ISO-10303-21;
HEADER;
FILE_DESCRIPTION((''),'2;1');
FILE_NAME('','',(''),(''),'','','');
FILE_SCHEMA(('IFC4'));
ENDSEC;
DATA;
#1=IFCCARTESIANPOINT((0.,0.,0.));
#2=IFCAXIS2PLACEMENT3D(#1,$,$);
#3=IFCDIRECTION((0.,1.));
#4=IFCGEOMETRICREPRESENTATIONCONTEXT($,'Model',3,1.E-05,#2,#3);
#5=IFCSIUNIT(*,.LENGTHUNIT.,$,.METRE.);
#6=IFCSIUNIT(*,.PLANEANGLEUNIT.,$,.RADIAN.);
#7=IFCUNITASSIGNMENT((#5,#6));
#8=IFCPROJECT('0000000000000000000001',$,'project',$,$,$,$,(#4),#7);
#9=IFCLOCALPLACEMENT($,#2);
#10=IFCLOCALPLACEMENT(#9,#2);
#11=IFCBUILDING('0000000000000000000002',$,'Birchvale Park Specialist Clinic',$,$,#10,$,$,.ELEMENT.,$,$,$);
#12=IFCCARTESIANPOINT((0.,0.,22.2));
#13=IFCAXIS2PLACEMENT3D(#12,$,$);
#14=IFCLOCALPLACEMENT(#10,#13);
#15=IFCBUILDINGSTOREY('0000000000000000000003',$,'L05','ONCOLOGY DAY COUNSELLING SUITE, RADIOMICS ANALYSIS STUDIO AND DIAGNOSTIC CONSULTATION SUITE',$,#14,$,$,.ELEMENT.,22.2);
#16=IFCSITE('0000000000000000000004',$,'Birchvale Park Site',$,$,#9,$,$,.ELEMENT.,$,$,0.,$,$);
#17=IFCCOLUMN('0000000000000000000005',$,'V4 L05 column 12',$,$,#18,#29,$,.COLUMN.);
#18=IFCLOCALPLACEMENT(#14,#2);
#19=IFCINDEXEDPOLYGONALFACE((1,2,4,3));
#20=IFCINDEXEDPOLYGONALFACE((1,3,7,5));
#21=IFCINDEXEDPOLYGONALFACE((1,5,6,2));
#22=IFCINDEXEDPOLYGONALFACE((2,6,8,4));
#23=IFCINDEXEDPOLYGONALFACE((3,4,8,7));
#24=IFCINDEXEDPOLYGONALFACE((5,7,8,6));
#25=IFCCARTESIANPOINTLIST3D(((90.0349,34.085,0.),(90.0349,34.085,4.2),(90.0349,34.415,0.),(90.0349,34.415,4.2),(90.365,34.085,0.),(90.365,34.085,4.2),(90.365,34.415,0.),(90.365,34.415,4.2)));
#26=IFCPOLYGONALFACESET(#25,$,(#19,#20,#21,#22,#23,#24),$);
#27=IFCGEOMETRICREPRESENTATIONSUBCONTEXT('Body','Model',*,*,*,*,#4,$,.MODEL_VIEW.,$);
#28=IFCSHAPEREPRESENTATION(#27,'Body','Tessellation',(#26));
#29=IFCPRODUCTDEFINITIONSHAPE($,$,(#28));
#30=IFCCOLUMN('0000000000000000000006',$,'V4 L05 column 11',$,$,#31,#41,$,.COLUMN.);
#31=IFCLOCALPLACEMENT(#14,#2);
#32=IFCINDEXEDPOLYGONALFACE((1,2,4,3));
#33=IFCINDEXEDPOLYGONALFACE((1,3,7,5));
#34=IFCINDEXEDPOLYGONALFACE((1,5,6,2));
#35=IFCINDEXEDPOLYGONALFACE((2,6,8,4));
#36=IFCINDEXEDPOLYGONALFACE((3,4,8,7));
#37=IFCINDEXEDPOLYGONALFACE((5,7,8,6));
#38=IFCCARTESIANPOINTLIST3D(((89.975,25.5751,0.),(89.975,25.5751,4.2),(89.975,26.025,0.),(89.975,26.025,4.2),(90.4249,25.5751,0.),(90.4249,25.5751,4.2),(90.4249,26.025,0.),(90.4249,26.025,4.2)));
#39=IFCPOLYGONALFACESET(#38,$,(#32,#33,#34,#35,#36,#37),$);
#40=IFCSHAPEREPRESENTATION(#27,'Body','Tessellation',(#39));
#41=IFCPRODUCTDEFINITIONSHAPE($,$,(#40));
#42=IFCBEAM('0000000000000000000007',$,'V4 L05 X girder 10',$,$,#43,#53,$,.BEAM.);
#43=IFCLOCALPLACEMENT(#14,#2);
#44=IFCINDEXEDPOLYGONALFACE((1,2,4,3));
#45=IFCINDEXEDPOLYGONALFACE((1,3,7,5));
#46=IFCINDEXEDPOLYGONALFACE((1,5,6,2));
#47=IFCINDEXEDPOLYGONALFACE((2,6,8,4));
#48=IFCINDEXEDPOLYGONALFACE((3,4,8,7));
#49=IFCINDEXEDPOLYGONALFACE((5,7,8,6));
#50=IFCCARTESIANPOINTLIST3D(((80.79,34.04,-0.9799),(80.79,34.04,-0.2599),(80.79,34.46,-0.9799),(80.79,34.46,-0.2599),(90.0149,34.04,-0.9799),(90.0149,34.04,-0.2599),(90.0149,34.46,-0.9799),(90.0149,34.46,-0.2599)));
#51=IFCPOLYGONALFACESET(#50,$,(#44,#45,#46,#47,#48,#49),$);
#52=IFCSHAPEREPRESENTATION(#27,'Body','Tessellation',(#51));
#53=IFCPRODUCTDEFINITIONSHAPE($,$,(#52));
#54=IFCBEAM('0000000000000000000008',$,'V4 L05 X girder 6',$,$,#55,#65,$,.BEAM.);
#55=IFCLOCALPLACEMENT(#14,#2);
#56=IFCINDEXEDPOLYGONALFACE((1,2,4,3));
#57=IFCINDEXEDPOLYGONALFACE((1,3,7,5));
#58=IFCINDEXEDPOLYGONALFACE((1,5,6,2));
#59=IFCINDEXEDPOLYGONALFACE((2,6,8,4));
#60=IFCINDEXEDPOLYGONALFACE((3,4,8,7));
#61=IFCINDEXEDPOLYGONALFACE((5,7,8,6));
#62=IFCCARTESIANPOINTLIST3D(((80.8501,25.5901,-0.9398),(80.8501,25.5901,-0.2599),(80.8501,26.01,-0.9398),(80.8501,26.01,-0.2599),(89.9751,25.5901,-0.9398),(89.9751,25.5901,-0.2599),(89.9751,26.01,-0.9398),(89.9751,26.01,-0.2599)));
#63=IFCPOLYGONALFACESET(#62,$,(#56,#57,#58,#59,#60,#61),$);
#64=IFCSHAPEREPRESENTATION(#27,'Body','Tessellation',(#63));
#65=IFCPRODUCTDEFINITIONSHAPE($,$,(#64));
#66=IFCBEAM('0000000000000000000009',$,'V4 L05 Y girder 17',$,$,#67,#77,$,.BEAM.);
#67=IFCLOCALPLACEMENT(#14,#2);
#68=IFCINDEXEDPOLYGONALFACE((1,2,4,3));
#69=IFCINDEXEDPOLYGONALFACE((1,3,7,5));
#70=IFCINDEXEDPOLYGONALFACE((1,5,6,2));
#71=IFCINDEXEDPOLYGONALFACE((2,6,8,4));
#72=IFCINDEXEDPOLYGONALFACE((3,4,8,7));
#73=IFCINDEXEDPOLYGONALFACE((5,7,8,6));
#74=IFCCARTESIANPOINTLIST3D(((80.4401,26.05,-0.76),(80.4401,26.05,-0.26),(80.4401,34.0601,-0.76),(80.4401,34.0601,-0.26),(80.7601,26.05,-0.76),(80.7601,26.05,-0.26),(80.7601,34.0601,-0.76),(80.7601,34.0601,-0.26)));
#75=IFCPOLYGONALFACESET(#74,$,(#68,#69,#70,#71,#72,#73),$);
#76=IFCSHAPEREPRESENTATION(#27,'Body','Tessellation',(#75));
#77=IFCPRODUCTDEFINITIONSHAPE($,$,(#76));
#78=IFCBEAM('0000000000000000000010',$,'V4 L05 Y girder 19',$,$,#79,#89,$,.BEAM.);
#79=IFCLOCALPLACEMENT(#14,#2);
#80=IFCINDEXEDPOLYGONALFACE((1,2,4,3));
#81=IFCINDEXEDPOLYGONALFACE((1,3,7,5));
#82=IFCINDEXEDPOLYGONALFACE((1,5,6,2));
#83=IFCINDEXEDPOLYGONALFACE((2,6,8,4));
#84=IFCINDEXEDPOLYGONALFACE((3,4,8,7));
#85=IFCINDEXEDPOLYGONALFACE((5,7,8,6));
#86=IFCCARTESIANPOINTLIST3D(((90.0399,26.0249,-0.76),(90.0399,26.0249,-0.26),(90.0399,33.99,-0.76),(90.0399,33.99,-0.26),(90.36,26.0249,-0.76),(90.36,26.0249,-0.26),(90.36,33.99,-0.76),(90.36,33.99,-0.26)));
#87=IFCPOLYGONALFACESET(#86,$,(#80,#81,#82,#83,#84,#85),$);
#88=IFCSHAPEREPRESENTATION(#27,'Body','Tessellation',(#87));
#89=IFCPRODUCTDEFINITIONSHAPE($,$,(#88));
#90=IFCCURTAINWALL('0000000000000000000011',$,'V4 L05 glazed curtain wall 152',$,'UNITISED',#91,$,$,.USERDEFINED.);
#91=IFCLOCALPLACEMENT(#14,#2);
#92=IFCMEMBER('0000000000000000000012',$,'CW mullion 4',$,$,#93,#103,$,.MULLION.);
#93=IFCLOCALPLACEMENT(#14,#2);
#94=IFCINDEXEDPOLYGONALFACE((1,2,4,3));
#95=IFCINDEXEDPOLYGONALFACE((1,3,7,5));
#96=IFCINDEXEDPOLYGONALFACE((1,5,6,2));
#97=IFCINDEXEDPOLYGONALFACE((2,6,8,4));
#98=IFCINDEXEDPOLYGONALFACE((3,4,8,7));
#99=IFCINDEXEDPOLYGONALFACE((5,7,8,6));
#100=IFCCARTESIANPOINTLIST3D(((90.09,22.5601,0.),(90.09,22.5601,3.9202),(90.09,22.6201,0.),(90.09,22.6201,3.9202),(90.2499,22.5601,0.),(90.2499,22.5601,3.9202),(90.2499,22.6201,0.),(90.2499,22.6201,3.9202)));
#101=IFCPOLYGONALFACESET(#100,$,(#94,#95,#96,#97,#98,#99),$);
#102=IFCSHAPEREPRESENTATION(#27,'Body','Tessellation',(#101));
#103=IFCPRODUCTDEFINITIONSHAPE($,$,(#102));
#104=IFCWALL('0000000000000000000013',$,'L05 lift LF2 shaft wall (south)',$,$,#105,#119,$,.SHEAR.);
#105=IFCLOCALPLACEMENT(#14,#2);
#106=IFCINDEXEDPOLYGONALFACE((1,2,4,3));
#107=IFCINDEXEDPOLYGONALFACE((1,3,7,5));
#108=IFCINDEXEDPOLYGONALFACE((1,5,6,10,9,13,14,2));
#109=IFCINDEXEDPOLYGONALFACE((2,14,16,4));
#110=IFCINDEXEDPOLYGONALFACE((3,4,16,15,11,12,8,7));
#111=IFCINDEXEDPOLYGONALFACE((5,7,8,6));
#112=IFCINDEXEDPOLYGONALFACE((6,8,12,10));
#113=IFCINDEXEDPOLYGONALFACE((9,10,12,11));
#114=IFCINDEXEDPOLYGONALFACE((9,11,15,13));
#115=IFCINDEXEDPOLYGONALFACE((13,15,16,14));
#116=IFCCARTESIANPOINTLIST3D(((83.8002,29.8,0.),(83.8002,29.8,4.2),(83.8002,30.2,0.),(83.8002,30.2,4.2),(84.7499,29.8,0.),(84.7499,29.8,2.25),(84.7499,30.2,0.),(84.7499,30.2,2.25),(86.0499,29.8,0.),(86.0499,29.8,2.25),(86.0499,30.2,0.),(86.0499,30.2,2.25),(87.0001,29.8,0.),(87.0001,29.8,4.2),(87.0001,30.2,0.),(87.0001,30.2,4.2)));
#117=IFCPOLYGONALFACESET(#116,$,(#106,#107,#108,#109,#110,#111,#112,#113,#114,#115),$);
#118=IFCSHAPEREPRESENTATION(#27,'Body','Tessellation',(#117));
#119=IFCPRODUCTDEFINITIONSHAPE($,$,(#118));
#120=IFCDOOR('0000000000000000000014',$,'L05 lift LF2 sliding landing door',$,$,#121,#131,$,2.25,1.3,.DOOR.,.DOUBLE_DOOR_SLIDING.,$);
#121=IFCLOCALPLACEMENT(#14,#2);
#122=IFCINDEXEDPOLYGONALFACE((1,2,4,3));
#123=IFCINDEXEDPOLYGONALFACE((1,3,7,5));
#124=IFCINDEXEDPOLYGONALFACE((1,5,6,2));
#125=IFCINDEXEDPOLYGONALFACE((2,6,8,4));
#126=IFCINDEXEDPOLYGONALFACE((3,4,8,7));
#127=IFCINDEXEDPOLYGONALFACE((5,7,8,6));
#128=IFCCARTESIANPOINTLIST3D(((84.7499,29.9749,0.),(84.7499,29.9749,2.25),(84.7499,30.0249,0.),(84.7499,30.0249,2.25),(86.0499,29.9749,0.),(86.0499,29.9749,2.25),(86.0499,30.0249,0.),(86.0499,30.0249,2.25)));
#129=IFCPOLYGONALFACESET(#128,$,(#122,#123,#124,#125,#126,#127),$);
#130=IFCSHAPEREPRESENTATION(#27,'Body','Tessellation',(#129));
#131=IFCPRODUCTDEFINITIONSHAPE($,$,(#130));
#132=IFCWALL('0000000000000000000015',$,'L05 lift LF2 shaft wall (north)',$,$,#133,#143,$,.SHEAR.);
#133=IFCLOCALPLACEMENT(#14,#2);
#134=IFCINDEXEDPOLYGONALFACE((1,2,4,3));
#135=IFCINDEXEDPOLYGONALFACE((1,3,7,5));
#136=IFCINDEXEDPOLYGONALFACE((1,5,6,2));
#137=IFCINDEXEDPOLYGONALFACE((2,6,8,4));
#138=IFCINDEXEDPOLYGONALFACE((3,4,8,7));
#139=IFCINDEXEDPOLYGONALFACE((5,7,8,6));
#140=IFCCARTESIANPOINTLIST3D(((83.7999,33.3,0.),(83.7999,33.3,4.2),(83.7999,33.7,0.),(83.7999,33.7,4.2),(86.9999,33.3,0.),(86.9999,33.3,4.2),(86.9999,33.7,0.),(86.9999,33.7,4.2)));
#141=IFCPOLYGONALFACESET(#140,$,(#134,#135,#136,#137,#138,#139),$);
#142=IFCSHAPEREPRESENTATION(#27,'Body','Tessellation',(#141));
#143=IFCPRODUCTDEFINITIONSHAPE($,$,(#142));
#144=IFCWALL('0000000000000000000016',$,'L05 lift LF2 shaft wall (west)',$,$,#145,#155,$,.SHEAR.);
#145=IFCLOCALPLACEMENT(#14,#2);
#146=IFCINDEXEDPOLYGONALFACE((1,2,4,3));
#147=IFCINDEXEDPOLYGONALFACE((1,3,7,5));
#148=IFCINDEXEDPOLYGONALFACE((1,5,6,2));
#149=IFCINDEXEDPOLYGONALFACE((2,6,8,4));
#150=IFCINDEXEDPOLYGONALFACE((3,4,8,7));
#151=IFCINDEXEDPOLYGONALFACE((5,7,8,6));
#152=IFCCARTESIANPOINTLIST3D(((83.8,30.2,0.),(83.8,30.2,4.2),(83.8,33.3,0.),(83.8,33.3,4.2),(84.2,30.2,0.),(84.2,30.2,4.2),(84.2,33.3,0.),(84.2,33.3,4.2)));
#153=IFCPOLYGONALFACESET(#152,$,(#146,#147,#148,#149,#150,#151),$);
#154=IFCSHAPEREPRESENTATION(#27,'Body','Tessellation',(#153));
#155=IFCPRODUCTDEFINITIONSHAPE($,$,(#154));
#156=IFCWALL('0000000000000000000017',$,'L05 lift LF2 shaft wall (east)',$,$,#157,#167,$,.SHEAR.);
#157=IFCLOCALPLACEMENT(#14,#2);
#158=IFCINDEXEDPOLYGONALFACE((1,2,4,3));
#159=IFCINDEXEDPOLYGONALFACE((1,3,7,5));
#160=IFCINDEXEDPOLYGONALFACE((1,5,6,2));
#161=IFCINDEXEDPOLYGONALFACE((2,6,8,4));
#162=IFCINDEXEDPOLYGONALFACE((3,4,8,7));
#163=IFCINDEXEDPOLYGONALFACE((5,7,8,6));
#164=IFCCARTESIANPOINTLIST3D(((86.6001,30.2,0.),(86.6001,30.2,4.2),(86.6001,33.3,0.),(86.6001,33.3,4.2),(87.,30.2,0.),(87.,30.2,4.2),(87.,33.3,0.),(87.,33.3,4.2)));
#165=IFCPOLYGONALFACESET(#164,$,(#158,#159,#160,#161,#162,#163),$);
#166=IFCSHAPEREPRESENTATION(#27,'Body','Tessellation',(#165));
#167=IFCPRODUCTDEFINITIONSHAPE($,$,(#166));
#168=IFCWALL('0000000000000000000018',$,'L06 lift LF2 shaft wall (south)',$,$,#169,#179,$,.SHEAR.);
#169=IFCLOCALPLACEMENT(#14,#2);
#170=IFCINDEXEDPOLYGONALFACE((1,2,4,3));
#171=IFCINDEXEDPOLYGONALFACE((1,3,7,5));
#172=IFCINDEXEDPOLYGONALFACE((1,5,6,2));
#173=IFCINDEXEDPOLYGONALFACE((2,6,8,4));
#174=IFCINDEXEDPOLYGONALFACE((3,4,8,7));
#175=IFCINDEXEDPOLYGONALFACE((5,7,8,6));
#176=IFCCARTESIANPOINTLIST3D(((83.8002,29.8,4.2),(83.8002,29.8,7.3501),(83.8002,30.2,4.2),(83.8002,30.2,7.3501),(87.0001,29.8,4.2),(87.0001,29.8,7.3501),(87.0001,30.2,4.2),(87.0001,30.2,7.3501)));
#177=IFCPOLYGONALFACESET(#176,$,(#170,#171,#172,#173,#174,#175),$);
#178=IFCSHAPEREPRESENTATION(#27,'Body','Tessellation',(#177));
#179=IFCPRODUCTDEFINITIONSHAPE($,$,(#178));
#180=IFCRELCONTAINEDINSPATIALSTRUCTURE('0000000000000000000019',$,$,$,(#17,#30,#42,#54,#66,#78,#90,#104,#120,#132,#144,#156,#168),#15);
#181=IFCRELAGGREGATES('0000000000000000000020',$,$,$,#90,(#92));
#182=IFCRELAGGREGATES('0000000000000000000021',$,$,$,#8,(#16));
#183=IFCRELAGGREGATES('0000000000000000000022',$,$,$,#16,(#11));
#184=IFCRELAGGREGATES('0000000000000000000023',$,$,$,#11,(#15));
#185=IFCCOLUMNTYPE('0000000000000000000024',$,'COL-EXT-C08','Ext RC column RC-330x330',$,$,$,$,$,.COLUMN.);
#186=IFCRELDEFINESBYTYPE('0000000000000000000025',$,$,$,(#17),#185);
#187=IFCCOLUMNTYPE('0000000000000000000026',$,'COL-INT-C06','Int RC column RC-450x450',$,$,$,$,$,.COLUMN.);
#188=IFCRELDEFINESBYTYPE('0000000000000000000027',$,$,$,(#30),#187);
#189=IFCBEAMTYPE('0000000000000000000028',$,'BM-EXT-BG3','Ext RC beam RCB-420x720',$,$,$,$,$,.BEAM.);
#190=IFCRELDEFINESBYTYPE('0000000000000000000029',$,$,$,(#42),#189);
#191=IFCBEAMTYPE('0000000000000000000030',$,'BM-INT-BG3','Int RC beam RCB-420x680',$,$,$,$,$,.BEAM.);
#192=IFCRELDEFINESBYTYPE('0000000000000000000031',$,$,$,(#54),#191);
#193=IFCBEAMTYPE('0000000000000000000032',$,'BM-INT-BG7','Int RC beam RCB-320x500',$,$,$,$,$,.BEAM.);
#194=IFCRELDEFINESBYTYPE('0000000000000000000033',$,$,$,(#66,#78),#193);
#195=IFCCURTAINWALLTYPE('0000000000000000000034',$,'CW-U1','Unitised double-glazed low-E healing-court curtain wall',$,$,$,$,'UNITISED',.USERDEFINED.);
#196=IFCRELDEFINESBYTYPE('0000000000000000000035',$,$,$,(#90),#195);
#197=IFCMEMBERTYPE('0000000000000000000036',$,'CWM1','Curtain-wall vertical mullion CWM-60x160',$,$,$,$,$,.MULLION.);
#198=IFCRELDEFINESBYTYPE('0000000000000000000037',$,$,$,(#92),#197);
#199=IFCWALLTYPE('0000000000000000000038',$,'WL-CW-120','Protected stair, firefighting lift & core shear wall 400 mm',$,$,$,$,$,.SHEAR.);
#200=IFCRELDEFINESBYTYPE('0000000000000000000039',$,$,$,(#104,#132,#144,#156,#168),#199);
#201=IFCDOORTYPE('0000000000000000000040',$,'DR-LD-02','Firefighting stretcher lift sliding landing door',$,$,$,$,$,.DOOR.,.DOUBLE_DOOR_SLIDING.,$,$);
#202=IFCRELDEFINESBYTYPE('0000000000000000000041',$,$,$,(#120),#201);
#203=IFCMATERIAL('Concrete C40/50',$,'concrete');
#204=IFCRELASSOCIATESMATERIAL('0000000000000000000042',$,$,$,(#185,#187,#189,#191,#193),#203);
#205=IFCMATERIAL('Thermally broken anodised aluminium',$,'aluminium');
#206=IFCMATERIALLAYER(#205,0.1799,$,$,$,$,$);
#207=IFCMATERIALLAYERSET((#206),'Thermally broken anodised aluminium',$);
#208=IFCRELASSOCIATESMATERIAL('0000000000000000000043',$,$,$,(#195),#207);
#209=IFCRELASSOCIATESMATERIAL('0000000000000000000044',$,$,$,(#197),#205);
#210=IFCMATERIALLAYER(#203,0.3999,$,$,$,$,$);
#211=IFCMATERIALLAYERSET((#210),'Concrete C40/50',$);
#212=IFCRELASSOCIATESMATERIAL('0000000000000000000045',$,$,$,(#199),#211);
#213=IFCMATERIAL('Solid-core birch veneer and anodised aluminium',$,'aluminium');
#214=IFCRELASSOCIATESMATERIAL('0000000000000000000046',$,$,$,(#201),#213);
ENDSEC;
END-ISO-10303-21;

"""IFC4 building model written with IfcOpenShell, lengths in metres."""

from ifc_helpers import new_model, si_unit, direction, frame, frame_2d, origin, origin_2d, place, context, subcontext, project, spatial, rectangle, extrude, material, layer, layer_set, material_profile, profile_set, type_object, element, fill, aggregate, save


model = new_model("IFC4")

# Units and contexts
model_context = context("Model", 3, precision=1e-05, world=origin(), true_north=direction((0.0, 1.0)))
body_context = subcontext(model_context, "Body", "Model", "MODEL_VIEW")
ifc_project = project(units=[si_unit("LENGTHUNIT", "METRE"), si_unit("PLANEANGLEUNIT", "RADIAN")], contexts=[model_context])

# Site, building, storey
site_placement = place(None, origin())
site = spatial("IfcSite", under=ifc_project, at=site_placement, Name="Birchvale Park Site", CompositionType="ELEMENT", RefElevation=0.0)
building_placement = place(site_placement, origin())
building = spatial("IfcBuilding", under=site, at=building_placement, Name="Birchvale Park Specialist Clinic", CompositionType="ELEMENT")
storey_placement = place(building_placement, frame((0.0, 0.0, 22.2)))
storey = spatial("IfcBuildingStorey", under=building, at=storey_placement, Name="L05", Description="ONCOLOGY DAY COUNSELLING SUITE, RADIOMICS ANALYSIS STUDIO AND DIAGNOSTIC CONSULTATION SUITE", CompositionType="ELEMENT", Elevation=22.2)

# Columns
ifc_material_1 = material(Name="Concrete C40/50", Category="concrete")
ifc_material_profile_1 = material_profile(ifc_material_1, rectangle(XDim=0.3301, YDim=0.3301, at=origin_2d()), Name="RC-330x330")
ifc_profile_set_1 = profile_set([ifc_material_profile_1], Name="Concrete C40/50")
column_type_1 = type_object("IfcColumnType", Name="COL-EXT-C08", Description="Ext RC column RC-330x330", PredefinedType="COLUMN", material=ifc_profile_set_1)
column_1_placement = place(storey_placement, frame((90.2, 34.25, 0.0), z_axis=(0.0, 0.0, 1.0), x_axis=(1.0, 0.0, 0.0)))
element("IfcColumn", 1, at=column_1_placement, inside=storey, type_object=column_type_1, Name="V4 L05 column 12", PredefinedType="COLUMN", context=body_context, shape_type="SweptSolid", body=[
    extrude(rectangle(XDim=0.3301, YDim=0.3301, at=origin_2d()), origin(), (0.0, 0.0, 1.0), 4.2),
])
ifc_material_profile_2 = material_profile(ifc_material_1, rectangle(XDim=0.45, YDim=0.45, at=origin_2d()), Name="RC-450x450")
ifc_profile_set_2 = profile_set([ifc_material_profile_2], Name="Concrete C40/50")
column_type_2 = type_object("IfcColumnType", Name="COL-INT-C06", Description="Int RC column RC-450x450", PredefinedType="COLUMN", material=ifc_profile_set_2)
column_2_placement = place(storey_placement, frame((90.2, 25.8, 0.0), z_axis=(0.0, 0.0, 1.0), x_axis=(1.0, 0.0, 0.0)))
element("IfcColumn", 2, at=column_2_placement, inside=storey, type_object=column_type_2, Name="V4 L05 column 11", PredefinedType="COLUMN", context=body_context, shape_type="SweptSolid", body=[
    extrude(rectangle(XDim=0.45, YDim=0.45, at=origin_2d()), origin(), (0.0, 0.0, 1.0), 4.2),
])

# Beams
ifc_material_profile_3 = material_profile(ifc_material_1, rectangle(XDim=0.4199, YDim=0.72, at=origin_2d()), Name="RCB-420x720")
ifc_profile_set_3 = profile_set([ifc_material_profile_3], Name="Concrete C40/50")
beam_type_1 = type_object("IfcBeamType", Name="BM-EXT-BG3", Description="Ext RC beam RCB-420x720", PredefinedType="BEAM", material=ifc_profile_set_3)
beam_1_placement = place(storey_placement, frame((80.79, 34.25, -0.6199), z_axis=(1.0, 0.0, 0.0), x_axis=(0.0, 1.0, 0.0)))
element("IfcBeam", 3, at=beam_1_placement, inside=storey, type_object=beam_type_1, Name="V4 L05 X girder 10", PredefinedType="BEAM", context=body_context, shape_type="SweptSolid", body=[
    extrude(rectangle(XDim=0.4199, YDim=0.72, at=origin_2d()), origin(), (0.0, 0.0, 1.0), 9.2249),
])
ifc_material_profile_4 = material_profile(ifc_material_1, rectangle(XDim=0.4199, YDim=0.6799, at=origin_2d()), Name="RCB-420x680")
ifc_profile_set_4 = profile_set([ifc_material_profile_4], Name="Concrete C40/50")
beam_type_2 = type_object("IfcBeamType", Name="BM-INT-BG3", Description="Int RC beam RCB-420x680", PredefinedType="BEAM", material=ifc_profile_set_4)
beam_2_placement = place(storey_placement, frame((80.8501, 25.8, -0.5999), z_axis=(1.0, 0.0, 0.0), x_axis=(0.0, 1.0, 0.0)))
element("IfcBeam", 4, at=beam_2_placement, inside=storey, type_object=beam_type_2, Name="V4 L05 X girder 6", PredefinedType="BEAM", context=body_context, shape_type="SweptSolid", body=[
    extrude(rectangle(XDim=0.4199, YDim=0.6799, at=origin_2d()), origin(), (0.0, 0.0, 1.0), 9.125),
])
ifc_material_profile_5 = material_profile(ifc_material_1, rectangle(XDim=0.3201, YDim=0.5, at=origin_2d()), Name="RCB-320x500")
ifc_profile_set_5 = profile_set([ifc_material_profile_5], Name="Concrete C40/50")
beam_type_3 = type_object("IfcBeamType", Name="BM-INT-BG7", Description="Int RC beam RCB-320x500", PredefinedType="BEAM", material=ifc_profile_set_5)
beam_3_placement = place(storey_placement, frame((80.6001, 26.05, -0.51), z_axis=(0.0, 1.0, 0.0), x_axis=(-1.0, 0.0, 0.0)))
element("IfcBeam", 5, at=beam_3_placement, inside=storey, type_object=beam_type_3, Name="V4 L05 Y girder 17", PredefinedType="BEAM", context=body_context, shape_type="SweptSolid", body=[
    extrude(rectangle(XDim=0.3201, YDim=0.5, at=origin_2d()), origin(), (0.0, 0.0, 1.0), 8.01),
])
beam_4_placement = place(storey_placement, frame((90.2, 26.0249, -0.51), z_axis=(0.0, 1.0, 0.0), x_axis=(-1.0, 0.0, 0.0)))
element("IfcBeam", 6, at=beam_4_placement, inside=storey, type_object=beam_type_3, Name="V4 L05 Y girder 19", PredefinedType="BEAM", context=body_context, shape_type="SweptSolid", body=[
    extrude(rectangle(XDim=0.3201, YDim=0.5, at=origin_2d()), origin(), (0.0, 0.0, 1.0), 7.9651),
])

# Curtain wall, member
ifc_material_2 = material(Name="Thermally broken anodised aluminium", Category="aluminium")
ifc_layer_1 = layer(ifc_material_2, 0.1799)
ifc_layer_set_1 = layer_set([ifc_layer_1], Name="Thermally broken anodised aluminium")
curtain_wall_type = type_object("IfcCurtainWallType", Name="CW-U1", Description="Unitised double-glazed low-E healing-court curtain wall", ElementType="UNITISED", PredefinedType="USERDEFINED", material=ifc_layer_set_1)
curtain_wall_placement = place(storey_placement, origin())
curtain_wall = element("IfcCurtainWall", 7, at=curtain_wall_placement, inside=storey, type_object=curtain_wall_type, Name="V4 L05 glazed curtain wall 152", ObjectType="UNITISED", PredefinedType="USERDEFINED")
ifc_material_profile_6 = material_profile(ifc_material_2, rectangle(XDim=0.0601, YDim=0.1599, at=origin_2d()), Name="CWM-60x160")
ifc_profile_set_6 = profile_set([ifc_material_profile_6], Name="Thermally broken anodised aluminium")
member_type = type_object("IfcMemberType", Name="CWM1", Description="Curtain-wall vertical mullion CWM-60x160", PredefinedType="MULLION", material=ifc_profile_set_6)
member_placement = place(storey_placement, frame((90.1699, 22.5901, 0.0), z_axis=(0.0, 0.0, 1.0), x_axis=(0.0, 1.0, 0.0)))
member = element("IfcMember", 8, at=member_placement, type_object=member_type, Name="CW mullion 4", PredefinedType="MULLION", context=body_context, shape_type="SweptSolid", body=[
    extrude(rectangle(XDim=0.0601, YDim=0.1599, at=origin_2d()), origin(), (0.0, 0.0, 1.0), 3.9202),
])
aggregate(curtain_wall, [member])

# Wall, opening, door
ifc_layer_2 = layer(ifc_material_1, 0.3999)
ifc_layer_set_2 = layer_set([ifc_layer_2], Name="Concrete C40/50")
wall_type_1 = type_object("IfcWallType", Name="WL-CW-120", Description="Protected stair, firefighting lift & core shear wall 400 mm", PredefinedType="SHEAR", material=ifc_layer_set_2)
wall_1_placement = place(storey_placement, frame((83.8, 30.0, 0.0), z_axis=(0.0, 0.0, 1.0), x_axis=(1.0, 0.0, 0.0)))
wall_1 = element("IfcWall", 9, at=wall_1_placement, inside=storey, type_object=wall_type_1, Name="L05 lift LF2 shaft wall (south)", PredefinedType="SHEAR", context=body_context, shape_type="SweptSolid", body=[
    extrude(rectangle(XDim=3.2, YDim=0.3999, at=frame_2d((1.6001, 0.0))), origin(), (0.0, 0.0, 1.0), 4.2),
])
opening_1_placement = place(wall_1_placement, frame((0.95, 0.0, 0.0)))
opening_1 = element("IfcOpeningElement", 10, at=opening_1_placement, cuts=wall_1, PredefinedType="OPENING", context=body_context, shape_type="SweptSolid", body=[
    extrude(rectangle(XDim=1.3, YDim=2.25, at=frame_2d((0.6499, 1.125))), frame((0.0, 0.21, 0.0), z_axis=(0.0, -1.0, 0.0), x_axis=(1.0, 0.0, 0.0)), (0.0, 0.0, 1.0), 0.4199),
])
ifc_material_3 = material(Name="Solid-core birch veneer and anodised aluminium", Category="aluminium")
door_type_1 = type_object("IfcDoorType", Name="DR-LD-02", Description="Firefighting stretcher lift sliding landing door", OperationType="DOUBLE_DOOR_SLIDING", PredefinedType="DOOR", material=ifc_material_3)
door_1_placement = place(opening_1_placement, origin())
door_1 = element("IfcDoor", 11, at=door_1_placement, inside=storey, type_object=door_type_1, Name="L05 lift LF2 sliding landing door", OperationType="DOUBLE_DOOR_SLIDING", OverallHeight=2.25, OverallWidth=1.3, PredefinedType="DOOR", context=body_context, shape_type="SweptSolid", body=[
    extrude(rectangle(XDim=1.3, YDim=2.25, at=frame_2d((0.6499, 1.125))), frame((0.0, 0.0249, 0.0), z_axis=(0.0, -1.0, 0.0), x_axis=(1.0, 0.0, 0.0)), (0.0, 0.0, 1.0), 0.05),
])
fill(opening_1, door_1)

# Walls
wall_2_placement = place(storey_placement, frame((87.0, 33.5, 0.0), z_axis=(0.0, 0.0, 1.0), x_axis=(-1.0, 0.0, 0.0)))
element("IfcWall", 12, at=wall_2_placement, inside=storey, type_object=wall_type_1, Name="L05 lift LF2 shaft wall (north)", PredefinedType="SHEAR", context=body_context, shape_type="SweptSolid", body=[
    extrude(rectangle(XDim=3.2, YDim=0.3999, at=frame_2d((1.6001, 0.0))), origin(), (0.0, 0.0, 1.0), 4.2),
])
for number, where, z_axis, x_axis, name in (
    (13, (84.0, 30.2, 0.0), (0.0, 0.0, 1.0), (0.0, 1.0, 0.0), "L05 lift LF2 shaft wall (west)"),
    (14, (86.8, 33.3, 0.0), (0.0, 0.0, 1.0), (0.0, -1.0, 0.0), "L05 lift LF2 shaft wall (east)"),
):
    element("IfcWall", number, at=place(storey_placement, frame(where, z_axis=z_axis, x_axis=x_axis)), inside=storey, type_object=wall_type_1, Name=name, PredefinedType="SHEAR", context=body_context, shape_type="SweptSolid", body=[
        extrude(rectangle(XDim=3.1001, YDim=0.3999, at=frame_2d((1.55, 0.0))), origin(), (0.0, 0.0, 1.0), 4.2),
    ])
for number, where, z_axis, x_axis, name in (
    (15, (83.8, 30.0, 4.2), (0.0, 0.0, 1.0), (1.0, 0.0, 0.0), "L06 lift LF2 shaft wall (south)"),
):
    element("IfcWall", number, at=place(storey_placement, frame(where, z_axis=z_axis, x_axis=x_axis)), inside=storey, type_object=wall_type_1, Name=name, PredefinedType="SHEAR", context=body_context, shape_type="SweptSolid", body=[
        extrude(rectangle(XDim=3.2, YDim=0.3999, at=frame_2d((1.6001, 0.0))), origin(), (0.0, 0.0, 1.0), 3.1501),
    ])

save(model, "model.ifc")
